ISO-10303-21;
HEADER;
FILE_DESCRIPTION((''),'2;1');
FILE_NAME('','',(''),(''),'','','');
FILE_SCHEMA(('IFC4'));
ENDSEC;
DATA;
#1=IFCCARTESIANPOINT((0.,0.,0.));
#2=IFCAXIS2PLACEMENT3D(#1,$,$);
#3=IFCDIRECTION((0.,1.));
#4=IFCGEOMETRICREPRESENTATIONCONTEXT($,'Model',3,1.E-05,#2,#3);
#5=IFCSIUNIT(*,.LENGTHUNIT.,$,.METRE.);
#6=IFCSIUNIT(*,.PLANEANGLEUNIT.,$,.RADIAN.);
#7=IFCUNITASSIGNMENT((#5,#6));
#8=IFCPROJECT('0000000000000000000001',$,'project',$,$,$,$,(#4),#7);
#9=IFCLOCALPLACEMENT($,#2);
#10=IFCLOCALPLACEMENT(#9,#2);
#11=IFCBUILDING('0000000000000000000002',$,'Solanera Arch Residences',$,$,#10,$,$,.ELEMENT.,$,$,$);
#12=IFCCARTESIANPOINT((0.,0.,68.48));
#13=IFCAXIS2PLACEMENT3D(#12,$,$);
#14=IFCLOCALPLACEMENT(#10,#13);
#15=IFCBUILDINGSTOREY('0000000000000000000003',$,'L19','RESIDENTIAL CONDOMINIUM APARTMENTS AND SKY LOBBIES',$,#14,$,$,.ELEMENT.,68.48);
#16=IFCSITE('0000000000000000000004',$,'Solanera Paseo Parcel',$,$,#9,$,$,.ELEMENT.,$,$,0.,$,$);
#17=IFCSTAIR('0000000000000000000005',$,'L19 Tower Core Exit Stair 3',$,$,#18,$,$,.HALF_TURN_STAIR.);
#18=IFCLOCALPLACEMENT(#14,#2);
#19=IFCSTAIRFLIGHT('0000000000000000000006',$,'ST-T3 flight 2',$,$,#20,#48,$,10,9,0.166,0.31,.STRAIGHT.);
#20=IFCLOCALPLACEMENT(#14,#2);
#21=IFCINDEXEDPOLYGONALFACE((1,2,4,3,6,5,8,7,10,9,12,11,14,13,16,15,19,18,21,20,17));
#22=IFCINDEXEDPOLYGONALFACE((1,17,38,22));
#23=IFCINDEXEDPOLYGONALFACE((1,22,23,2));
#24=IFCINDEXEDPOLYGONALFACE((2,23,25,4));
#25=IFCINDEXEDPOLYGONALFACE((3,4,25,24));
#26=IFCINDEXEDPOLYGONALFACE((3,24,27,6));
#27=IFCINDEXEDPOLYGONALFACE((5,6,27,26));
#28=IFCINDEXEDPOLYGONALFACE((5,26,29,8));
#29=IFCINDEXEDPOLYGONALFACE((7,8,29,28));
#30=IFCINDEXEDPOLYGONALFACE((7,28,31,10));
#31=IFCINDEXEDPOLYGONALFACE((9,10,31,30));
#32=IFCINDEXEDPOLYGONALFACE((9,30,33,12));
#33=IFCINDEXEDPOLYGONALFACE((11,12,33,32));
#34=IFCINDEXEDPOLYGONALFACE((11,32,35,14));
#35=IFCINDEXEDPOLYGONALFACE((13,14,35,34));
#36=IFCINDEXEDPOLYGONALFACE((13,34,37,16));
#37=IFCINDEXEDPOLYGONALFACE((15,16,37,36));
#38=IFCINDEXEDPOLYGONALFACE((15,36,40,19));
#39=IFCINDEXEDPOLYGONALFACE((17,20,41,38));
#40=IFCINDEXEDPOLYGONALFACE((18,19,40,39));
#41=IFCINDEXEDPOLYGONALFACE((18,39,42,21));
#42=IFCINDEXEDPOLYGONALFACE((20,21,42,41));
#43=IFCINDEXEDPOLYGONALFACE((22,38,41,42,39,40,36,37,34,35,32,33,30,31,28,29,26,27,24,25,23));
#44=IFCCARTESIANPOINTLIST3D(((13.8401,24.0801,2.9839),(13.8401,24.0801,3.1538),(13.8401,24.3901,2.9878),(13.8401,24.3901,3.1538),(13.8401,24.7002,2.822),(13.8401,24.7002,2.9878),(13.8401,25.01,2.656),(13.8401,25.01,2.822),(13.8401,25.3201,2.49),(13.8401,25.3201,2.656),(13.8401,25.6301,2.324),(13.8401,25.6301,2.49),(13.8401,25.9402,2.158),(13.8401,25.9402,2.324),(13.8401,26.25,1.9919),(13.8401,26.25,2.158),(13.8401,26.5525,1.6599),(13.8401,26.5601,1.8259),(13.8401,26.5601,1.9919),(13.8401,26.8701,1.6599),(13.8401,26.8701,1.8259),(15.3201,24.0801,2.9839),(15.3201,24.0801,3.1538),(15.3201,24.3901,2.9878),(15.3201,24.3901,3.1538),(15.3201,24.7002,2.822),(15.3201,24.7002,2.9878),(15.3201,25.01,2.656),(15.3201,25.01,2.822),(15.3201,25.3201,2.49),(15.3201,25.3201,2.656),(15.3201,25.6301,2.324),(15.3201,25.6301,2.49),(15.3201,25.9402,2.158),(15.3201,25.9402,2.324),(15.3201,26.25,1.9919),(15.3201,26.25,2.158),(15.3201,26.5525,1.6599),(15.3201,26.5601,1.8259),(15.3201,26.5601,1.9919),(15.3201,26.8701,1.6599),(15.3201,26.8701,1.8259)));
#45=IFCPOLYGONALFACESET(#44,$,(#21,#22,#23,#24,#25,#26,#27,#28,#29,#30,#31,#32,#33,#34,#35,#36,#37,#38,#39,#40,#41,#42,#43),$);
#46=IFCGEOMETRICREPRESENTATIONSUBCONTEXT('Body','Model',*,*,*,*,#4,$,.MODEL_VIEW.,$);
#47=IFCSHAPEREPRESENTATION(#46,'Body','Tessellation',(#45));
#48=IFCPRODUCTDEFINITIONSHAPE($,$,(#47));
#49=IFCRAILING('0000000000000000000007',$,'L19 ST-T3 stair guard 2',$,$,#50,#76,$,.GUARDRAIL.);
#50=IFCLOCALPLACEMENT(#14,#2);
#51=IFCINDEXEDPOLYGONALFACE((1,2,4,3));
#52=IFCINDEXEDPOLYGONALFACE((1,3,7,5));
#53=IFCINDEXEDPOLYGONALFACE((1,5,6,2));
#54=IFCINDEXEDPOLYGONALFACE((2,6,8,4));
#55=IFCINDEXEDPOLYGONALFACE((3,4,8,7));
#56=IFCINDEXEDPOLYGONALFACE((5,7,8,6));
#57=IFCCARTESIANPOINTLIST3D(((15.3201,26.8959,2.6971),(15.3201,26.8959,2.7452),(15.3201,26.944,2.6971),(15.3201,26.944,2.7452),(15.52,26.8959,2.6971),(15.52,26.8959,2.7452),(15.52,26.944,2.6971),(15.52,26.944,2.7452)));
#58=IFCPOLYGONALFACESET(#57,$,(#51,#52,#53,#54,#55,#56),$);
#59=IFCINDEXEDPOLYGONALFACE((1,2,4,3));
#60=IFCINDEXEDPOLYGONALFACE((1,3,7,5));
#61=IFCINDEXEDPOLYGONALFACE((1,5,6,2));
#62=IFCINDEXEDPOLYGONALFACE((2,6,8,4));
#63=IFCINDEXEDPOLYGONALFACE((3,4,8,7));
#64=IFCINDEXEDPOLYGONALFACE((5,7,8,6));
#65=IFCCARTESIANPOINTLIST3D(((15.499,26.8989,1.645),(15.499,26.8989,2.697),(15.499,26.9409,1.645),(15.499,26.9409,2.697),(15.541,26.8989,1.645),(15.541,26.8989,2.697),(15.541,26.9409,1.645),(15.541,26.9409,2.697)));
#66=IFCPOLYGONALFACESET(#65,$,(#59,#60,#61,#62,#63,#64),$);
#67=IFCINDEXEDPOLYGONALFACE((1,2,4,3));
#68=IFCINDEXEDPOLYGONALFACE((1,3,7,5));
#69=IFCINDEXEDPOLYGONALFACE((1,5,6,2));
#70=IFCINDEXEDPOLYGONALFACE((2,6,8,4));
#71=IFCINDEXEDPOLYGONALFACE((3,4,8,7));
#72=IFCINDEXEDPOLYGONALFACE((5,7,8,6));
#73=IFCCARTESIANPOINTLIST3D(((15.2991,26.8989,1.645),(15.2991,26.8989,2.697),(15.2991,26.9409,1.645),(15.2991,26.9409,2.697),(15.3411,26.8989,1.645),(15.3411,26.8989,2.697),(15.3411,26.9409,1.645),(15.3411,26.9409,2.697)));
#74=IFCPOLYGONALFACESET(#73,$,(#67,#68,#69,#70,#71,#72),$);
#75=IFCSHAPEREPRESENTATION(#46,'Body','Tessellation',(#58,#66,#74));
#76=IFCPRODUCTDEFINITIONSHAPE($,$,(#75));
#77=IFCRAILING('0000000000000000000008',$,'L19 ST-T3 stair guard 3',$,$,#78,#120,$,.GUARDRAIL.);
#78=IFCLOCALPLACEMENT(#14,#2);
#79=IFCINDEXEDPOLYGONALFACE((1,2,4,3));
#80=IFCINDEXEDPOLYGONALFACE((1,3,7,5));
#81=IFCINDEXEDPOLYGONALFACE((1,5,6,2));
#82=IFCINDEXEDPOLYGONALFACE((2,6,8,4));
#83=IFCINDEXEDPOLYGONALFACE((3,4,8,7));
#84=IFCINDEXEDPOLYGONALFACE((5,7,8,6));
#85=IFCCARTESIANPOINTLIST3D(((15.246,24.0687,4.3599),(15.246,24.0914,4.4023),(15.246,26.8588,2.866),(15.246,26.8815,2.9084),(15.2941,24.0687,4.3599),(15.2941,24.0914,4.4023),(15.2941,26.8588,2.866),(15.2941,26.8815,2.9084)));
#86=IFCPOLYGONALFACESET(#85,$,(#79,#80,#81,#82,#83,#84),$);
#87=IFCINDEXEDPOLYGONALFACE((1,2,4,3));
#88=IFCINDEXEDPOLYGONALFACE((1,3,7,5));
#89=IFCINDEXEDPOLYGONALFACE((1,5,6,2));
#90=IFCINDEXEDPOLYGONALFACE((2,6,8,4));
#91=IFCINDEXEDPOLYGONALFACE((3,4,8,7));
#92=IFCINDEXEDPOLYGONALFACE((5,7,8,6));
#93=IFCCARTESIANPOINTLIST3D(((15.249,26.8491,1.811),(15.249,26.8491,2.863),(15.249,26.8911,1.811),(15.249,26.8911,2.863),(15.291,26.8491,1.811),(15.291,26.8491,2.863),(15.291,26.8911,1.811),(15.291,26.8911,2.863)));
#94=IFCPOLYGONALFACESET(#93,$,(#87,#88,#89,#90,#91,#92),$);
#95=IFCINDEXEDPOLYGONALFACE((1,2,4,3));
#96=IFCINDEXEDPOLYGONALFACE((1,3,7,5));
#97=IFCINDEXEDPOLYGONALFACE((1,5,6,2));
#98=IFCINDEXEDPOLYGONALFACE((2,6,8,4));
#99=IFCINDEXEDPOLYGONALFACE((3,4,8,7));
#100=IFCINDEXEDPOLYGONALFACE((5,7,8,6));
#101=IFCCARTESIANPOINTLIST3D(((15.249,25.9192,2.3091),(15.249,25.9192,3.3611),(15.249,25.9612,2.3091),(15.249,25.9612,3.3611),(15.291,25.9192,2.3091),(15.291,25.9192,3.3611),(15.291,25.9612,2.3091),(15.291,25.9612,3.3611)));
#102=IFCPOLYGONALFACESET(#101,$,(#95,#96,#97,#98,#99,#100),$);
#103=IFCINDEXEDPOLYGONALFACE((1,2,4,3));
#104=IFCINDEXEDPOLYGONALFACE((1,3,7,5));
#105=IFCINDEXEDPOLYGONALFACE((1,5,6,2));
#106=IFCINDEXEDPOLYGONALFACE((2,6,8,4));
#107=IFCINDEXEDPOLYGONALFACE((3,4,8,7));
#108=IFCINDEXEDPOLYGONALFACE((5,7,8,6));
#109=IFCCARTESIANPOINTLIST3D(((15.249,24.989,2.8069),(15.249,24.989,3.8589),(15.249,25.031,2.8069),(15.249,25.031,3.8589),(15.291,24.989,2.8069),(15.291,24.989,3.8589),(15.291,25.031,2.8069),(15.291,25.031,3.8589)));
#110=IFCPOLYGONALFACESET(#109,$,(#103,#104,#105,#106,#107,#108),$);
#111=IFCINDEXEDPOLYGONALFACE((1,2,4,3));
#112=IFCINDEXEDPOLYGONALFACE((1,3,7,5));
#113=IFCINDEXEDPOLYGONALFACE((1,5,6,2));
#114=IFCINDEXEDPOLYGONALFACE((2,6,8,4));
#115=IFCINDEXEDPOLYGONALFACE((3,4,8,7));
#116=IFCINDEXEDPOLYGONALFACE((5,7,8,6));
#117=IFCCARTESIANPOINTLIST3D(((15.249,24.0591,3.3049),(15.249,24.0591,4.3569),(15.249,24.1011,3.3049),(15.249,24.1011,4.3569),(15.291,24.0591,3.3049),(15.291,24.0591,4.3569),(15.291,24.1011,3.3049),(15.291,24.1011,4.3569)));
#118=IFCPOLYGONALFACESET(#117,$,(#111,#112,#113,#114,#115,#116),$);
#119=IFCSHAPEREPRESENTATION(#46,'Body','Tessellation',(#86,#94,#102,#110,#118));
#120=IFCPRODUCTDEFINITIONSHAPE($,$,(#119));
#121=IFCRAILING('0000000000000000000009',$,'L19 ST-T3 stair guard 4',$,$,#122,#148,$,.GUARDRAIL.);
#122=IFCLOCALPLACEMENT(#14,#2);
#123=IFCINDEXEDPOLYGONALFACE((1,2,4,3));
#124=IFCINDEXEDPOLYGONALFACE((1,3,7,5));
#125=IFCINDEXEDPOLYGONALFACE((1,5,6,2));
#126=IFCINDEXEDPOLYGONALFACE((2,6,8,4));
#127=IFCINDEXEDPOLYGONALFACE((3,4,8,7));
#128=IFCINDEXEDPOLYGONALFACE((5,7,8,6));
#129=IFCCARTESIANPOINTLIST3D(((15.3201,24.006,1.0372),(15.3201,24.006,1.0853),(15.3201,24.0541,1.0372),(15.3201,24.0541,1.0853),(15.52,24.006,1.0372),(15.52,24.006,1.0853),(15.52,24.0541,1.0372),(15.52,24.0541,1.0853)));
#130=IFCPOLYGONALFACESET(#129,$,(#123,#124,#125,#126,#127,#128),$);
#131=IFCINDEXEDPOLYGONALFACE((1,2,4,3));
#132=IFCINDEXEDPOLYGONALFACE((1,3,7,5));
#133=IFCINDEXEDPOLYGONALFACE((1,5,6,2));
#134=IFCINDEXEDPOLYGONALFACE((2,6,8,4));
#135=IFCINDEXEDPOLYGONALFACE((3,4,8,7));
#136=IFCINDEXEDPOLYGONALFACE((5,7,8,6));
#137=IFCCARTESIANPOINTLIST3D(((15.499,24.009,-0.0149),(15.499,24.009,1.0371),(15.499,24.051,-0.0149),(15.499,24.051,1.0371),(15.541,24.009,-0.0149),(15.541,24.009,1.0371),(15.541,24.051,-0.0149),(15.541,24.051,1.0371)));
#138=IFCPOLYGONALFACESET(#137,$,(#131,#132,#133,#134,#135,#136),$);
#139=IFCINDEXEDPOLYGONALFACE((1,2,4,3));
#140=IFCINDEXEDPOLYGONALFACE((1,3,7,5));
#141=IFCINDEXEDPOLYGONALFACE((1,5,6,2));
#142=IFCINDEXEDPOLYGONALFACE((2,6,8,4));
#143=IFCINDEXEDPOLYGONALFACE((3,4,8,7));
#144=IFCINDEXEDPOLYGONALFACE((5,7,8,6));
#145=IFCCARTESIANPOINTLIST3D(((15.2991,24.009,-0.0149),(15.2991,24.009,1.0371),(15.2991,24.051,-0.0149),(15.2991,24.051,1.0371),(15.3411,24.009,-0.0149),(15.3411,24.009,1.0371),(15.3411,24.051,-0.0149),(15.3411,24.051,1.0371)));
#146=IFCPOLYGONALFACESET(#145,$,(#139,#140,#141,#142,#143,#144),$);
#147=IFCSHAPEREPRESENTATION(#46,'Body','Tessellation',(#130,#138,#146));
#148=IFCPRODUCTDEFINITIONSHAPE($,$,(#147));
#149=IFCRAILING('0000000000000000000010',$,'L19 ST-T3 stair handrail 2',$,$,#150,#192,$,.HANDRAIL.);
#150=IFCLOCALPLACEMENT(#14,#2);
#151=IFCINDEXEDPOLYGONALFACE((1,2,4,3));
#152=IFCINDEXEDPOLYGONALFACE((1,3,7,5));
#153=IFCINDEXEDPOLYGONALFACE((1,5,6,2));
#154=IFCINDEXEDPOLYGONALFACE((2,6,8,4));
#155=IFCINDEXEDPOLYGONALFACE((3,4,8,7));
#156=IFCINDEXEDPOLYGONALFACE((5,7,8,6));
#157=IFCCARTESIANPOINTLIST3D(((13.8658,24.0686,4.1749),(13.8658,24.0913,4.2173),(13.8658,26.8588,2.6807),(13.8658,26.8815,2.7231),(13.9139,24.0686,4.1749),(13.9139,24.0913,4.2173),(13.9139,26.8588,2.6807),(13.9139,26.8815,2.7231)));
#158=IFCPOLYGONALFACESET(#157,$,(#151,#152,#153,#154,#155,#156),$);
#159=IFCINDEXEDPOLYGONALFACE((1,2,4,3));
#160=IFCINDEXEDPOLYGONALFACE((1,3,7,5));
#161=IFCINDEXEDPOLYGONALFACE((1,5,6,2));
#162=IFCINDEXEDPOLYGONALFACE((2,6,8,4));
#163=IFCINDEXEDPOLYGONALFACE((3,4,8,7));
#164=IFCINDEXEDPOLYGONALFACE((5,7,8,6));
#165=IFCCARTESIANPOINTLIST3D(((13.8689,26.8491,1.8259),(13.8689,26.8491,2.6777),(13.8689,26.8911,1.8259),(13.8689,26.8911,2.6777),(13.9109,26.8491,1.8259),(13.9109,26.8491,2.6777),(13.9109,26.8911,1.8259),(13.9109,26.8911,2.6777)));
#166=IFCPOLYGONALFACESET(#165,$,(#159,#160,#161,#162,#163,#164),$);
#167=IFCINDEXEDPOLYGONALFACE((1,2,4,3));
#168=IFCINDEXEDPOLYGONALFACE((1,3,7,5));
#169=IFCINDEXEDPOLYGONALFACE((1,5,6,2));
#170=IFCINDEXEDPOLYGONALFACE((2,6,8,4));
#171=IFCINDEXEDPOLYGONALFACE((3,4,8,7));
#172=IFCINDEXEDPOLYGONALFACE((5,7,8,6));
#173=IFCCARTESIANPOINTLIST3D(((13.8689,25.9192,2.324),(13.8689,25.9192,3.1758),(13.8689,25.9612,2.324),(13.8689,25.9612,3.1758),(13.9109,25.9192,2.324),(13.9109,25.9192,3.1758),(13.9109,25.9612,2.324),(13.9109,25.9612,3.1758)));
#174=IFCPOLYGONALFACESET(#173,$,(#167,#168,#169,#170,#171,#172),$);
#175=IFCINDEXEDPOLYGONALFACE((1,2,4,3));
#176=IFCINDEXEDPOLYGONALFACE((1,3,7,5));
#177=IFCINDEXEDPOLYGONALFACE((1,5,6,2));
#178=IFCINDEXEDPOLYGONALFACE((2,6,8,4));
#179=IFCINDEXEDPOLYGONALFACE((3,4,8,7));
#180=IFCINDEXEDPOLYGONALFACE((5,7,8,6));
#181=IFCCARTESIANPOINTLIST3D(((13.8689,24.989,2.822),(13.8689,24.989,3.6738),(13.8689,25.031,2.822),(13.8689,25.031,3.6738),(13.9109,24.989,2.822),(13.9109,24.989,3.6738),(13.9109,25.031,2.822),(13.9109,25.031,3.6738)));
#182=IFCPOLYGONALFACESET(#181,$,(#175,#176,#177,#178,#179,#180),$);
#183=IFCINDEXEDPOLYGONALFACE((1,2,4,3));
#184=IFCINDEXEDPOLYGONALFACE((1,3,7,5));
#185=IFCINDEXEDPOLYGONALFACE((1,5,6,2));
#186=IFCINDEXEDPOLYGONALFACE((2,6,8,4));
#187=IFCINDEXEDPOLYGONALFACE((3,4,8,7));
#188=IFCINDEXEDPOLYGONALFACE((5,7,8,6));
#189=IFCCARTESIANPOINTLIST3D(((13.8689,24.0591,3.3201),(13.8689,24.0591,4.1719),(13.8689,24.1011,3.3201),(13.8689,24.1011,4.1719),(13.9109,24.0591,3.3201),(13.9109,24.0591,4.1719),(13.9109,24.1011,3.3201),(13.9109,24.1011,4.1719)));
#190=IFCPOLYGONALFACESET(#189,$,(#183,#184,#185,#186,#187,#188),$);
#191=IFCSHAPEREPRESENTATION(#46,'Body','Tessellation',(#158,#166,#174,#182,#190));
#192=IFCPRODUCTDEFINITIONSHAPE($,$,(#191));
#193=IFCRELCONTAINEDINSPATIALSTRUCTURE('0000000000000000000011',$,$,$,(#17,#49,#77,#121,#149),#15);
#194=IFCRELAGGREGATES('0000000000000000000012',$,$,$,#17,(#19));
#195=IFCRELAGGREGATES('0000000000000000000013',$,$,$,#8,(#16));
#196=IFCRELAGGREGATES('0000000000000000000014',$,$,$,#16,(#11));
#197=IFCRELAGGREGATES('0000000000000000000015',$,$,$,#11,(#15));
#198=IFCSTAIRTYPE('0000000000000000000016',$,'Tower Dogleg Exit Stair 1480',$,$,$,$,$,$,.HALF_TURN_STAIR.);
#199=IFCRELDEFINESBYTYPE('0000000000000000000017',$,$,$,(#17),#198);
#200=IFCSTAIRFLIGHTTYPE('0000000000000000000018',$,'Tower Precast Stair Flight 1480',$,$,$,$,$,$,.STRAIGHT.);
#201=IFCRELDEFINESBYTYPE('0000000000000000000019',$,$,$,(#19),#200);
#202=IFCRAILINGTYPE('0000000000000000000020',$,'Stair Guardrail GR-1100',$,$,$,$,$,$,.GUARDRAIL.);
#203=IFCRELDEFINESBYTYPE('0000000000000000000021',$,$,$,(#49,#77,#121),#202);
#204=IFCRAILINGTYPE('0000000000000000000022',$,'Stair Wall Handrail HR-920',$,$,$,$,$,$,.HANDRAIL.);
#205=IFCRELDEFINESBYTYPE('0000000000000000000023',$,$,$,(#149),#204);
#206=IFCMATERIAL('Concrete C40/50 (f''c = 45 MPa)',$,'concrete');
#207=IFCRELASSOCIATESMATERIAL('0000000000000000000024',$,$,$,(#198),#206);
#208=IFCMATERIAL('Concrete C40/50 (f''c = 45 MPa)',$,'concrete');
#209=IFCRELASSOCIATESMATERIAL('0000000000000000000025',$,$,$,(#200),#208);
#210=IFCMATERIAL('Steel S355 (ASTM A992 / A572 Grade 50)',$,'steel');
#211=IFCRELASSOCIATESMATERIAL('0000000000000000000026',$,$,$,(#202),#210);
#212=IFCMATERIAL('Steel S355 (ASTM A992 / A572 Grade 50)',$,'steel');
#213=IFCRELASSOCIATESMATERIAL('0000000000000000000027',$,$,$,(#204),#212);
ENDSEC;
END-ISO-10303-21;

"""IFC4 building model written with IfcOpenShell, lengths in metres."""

from ifc_helpers import new_model, si_unit, direction, frame, origin, origin_2d, place, context, subcontext, project, spatial, polyline, rectangle, outline, extrude, material, type_object, element, aggregate, save


model = new_model("IFC4")

# Units and contexts
model_context = context("Model", 3, precision=1e-05, world=origin(), true_north=direction((0.0, 1.0)))
body_context = subcontext(model_context, "Body", "Model", "MODEL_VIEW")
ifc_project = project(units=[si_unit("LENGTHUNIT", "METRE"), si_unit("PLANEANGLEUNIT", "RADIAN")], contexts=[model_context])

# Site, building, storey
site_placement = place(None, origin())
site = spatial("IfcSite", under=ifc_project, at=site_placement, Name="Solanera Paseo Parcel", CompositionType="ELEMENT", RefElevation=0.0)
building_placement = place(site_placement, origin())
building = spatial("IfcBuilding", under=site, at=building_placement, Name="Solanera Arch Residences", CompositionType="ELEMENT")
storey_placement = place(building_placement, frame((0.0, 0.0, 68.48)))
storey = spatial("IfcBuildingStorey", under=building, at=storey_placement, Name="L19", Description="RESIDENTIAL CONDOMINIUM APARTMENTS AND SKY LOBBIES", CompositionType="ELEMENT", Elevation=68.48)

# Stair, stair flight
ifc_material_1 = material(Name="Concrete C40/50 (f'c = 45 MPa)", Category="concrete")
stair_type = type_object("IfcStairType", Name="Tower Dogleg Exit Stair 1480", PredefinedType="HALF_TURN_STAIR", material=ifc_material_1)
stair_placement = place(storey_placement, origin())
stair = element("IfcStair", 1, at=stair_placement, inside=storey, type_object=stair_type, Name="L19 Tower Core Exit Stair 3", PredefinedType="HALF_TURN_STAIR")
ifc_material_2 = material(Name="Concrete C40/50 (f'c = 45 MPa)", Category="concrete")
stair_flight_type = type_object("IfcStairFlightType", Name="Tower Precast Stair Flight 1480", PredefinedType="STRAIGHT", material=ifc_material_2)
stair_flight_placement = place(storey_placement, frame((14.5801, 26.8701, 1.6599), z_axis=(0.0, 0.0, 1.0), x_axis=(0.0, -1.0, 0.0)))
stair_flight = element("IfcStairFlight", 2, at=stair_flight_placement, type_object=stair_flight_type, Name="ST-T3 flight 2", NumberOfRisers=10, NumberOfTreads=9, PredefinedType="STRAIGHT", RiserHeight=0.166, TreadLength=0.31, context=body_context, shape_type="SweptSolid", body=[
    extrude(outline(polyline([(0.0, 0.0), (0.0, 0.166), (0.3101, 0.166), (0.3101, 0.332), (0.6201, 0.332), (0.6201, 0.498), (0.9299, 0.498), (0.9299, 0.6641), (1.24, 0.6641), (1.24, 0.8301), (1.55, 0.8301), (1.55, 0.9961), (1.8601, 0.9961), (1.8601, 1.1621), (2.1699, 1.1621), (2.1699, 1.3279), (2.48, 1.3279), (2.48, 1.4939), (2.79, 1.4939), (2.79, 1.6599), (2.79, 1.324), (0.3176, 0.0), (0.0, 0.0)])), frame((0.0, 0.74, 0.0), z_axis=(0.0, -1.0, 0.0), x_axis=(1.0, 0.0, 0.0)), (0.0, 0.0, 1.0), 1.48),
])
aggregate(stair, [stair_flight])

# Railings
ifc_material_3 = material(Name="Steel S355 (ASTM A992 / A572 Grade 50)", Category="steel")
railing_type_1 = type_object("IfcRailingType", Name="Stair Guardrail GR-1100", PredefinedType="GUARDRAIL", material=ifc_material_3)
railing_1_placement = place(storey_placement, frame((15.52, 26.9199, 1.645)))
element("IfcRailing", 3, at=railing_1_placement, inside=storey, type_object=railing_type_1, Name="L19 ST-T3 stair guard 2", PredefinedType="GUARDRAIL", context=body_context, shape_type="SweptSolid", body=[
    extrude(rectangle(XDim=0.0481, YDim=0.0481, at=origin_2d()), frame((0.0, 0.0, 1.0762), z_axis=(-1.0, 0.0, 0.0), x_axis=(0.0, -1.0, 0.0)), (0.0, 0.0, 1.0), 0.2),
    extrude(rectangle(XDim=0.042, YDim=0.042, at=origin_2d()), origin(), (0.0, 0.0, 1.0), 1.052),
    extrude(rectangle(XDim=0.042, YDim=0.042, at=origin_2d()), frame((-0.2, 0.0, 0.0)), (0.0, 0.0, 1.0), 1.052),
])
railing_2_placement = place(storey_placement, frame((15.27, 26.8701, 1.811)))
element("IfcRailing", 4, at=railing_2_placement, inside=storey, type_object=railing_type_1, Name="L19 ST-T3 stair guard 3", PredefinedType="GUARDRAIL", context=body_context, shape_type="SweptSolid", body=[
    extrude(rectangle(XDim=0.0481, YDim=0.0481, at=origin_2d()), frame((0.0, 0.0, 1.0762), z_axis=(0.0, -0.881581, 0.472033), x_axis=(1.0, 0.0, 0.0)), (0.0, 0.0, 1.0), 3.1648),
    extrude(rectangle(XDim=0.042, YDim=0.042, at=origin_2d()), origin(), (0.0, 0.0, 1.0), 1.052),
    extrude(rectangle(XDim=0.042, YDim=0.042, at=origin_2d()), frame((0.0, -0.9299, 0.498)), (0.0, 0.0, 1.0), 1.052),
    extrude(rectangle(XDim=0.042, YDim=0.042, at=origin_2d()), frame((0.0, -1.8601, 0.9958)), (0.0, 0.0, 1.0), 1.052),
    extrude(rectangle(XDim=0.042, YDim=0.042, at=origin_2d()), frame((0.0, -2.79, 1.4939)), (0.0, 0.0, 1.0), 1.052),
])
railing_3_placement = place(storey_placement, frame((15.52, 24.03, -0.0149)))
element("IfcRailing", 5, at=railing_3_placement, inside=storey, type_object=railing_type_1, Name="L19 ST-T3 stair guard 4", PredefinedType="GUARDRAIL", context=body_context, shape_type="SweptSolid", body=[
    extrude(rectangle(XDim=0.0481, YDim=0.0481, at=origin_2d()), frame((0.0, 0.0, 1.0762), z_axis=(-1.0, 0.0, 0.0), x_axis=(0.0, -1.0, 0.0)), (0.0, 0.0, 1.0), 0.2),
    extrude(rectangle(XDim=0.042, YDim=0.042, at=origin_2d()), origin(), (0.0, 0.0, 1.0), 1.052),
    extrude(rectangle(XDim=0.042, YDim=0.042, at=origin_2d()), frame((-0.2, 0.0, 0.0)), (0.0, 0.0, 1.0), 1.052),
])
ifc_material_4 = material(Name="Steel S355 (ASTM A992 / A572 Grade 50)", Category="steel")
railing_type_2 = type_object("IfcRailingType", Name="Stair Wall Handrail HR-920", PredefinedType="HANDRAIL", material=ifc_material_4)
railing_4_placement = place(storey_placement, frame((13.8899, 26.8701, 1.8259)))
element("IfcRailing", 6, at=railing_4_placement, inside=storey, type_object=railing_type_2, Name="L19 ST-T3 stair handrail 2", PredefinedType="HANDRAIL", context=body_context, shape_type="SweptSolid", body=[
    extrude(rectangle(XDim=0.0481, YDim=0.0481, at=origin_2d()), frame((0.0, 0.0, 0.876), z_axis=(0.0, -0.881549, 0.472093), x_axis=(1.0, 0.0, 0.0)), (0.0, 0.0, 1.0), 3.165),
    extrude(rectangle(XDim=0.042, YDim=0.042, at=origin_2d()), origin(), (0.0, 0.0, 1.0), 0.8518),
    extrude(rectangle(XDim=0.042, YDim=0.042, at=origin_2d()), frame((0.0, -0.9299, 0.498)), (0.0, 0.0, 1.0), 0.8518),
    extrude(rectangle(XDim=0.042, YDim=0.042, at=origin_2d()), frame((0.0, -1.8601, 0.9961)), (0.0, 0.0, 1.0), 0.8518),
    extrude(rectangle(XDim=0.042, YDim=0.042, at=origin_2d()), frame((0.0, -2.79, 1.4941)), (0.0, 0.0, 1.0), 0.8518),
])

save(model, "model.ifc")
